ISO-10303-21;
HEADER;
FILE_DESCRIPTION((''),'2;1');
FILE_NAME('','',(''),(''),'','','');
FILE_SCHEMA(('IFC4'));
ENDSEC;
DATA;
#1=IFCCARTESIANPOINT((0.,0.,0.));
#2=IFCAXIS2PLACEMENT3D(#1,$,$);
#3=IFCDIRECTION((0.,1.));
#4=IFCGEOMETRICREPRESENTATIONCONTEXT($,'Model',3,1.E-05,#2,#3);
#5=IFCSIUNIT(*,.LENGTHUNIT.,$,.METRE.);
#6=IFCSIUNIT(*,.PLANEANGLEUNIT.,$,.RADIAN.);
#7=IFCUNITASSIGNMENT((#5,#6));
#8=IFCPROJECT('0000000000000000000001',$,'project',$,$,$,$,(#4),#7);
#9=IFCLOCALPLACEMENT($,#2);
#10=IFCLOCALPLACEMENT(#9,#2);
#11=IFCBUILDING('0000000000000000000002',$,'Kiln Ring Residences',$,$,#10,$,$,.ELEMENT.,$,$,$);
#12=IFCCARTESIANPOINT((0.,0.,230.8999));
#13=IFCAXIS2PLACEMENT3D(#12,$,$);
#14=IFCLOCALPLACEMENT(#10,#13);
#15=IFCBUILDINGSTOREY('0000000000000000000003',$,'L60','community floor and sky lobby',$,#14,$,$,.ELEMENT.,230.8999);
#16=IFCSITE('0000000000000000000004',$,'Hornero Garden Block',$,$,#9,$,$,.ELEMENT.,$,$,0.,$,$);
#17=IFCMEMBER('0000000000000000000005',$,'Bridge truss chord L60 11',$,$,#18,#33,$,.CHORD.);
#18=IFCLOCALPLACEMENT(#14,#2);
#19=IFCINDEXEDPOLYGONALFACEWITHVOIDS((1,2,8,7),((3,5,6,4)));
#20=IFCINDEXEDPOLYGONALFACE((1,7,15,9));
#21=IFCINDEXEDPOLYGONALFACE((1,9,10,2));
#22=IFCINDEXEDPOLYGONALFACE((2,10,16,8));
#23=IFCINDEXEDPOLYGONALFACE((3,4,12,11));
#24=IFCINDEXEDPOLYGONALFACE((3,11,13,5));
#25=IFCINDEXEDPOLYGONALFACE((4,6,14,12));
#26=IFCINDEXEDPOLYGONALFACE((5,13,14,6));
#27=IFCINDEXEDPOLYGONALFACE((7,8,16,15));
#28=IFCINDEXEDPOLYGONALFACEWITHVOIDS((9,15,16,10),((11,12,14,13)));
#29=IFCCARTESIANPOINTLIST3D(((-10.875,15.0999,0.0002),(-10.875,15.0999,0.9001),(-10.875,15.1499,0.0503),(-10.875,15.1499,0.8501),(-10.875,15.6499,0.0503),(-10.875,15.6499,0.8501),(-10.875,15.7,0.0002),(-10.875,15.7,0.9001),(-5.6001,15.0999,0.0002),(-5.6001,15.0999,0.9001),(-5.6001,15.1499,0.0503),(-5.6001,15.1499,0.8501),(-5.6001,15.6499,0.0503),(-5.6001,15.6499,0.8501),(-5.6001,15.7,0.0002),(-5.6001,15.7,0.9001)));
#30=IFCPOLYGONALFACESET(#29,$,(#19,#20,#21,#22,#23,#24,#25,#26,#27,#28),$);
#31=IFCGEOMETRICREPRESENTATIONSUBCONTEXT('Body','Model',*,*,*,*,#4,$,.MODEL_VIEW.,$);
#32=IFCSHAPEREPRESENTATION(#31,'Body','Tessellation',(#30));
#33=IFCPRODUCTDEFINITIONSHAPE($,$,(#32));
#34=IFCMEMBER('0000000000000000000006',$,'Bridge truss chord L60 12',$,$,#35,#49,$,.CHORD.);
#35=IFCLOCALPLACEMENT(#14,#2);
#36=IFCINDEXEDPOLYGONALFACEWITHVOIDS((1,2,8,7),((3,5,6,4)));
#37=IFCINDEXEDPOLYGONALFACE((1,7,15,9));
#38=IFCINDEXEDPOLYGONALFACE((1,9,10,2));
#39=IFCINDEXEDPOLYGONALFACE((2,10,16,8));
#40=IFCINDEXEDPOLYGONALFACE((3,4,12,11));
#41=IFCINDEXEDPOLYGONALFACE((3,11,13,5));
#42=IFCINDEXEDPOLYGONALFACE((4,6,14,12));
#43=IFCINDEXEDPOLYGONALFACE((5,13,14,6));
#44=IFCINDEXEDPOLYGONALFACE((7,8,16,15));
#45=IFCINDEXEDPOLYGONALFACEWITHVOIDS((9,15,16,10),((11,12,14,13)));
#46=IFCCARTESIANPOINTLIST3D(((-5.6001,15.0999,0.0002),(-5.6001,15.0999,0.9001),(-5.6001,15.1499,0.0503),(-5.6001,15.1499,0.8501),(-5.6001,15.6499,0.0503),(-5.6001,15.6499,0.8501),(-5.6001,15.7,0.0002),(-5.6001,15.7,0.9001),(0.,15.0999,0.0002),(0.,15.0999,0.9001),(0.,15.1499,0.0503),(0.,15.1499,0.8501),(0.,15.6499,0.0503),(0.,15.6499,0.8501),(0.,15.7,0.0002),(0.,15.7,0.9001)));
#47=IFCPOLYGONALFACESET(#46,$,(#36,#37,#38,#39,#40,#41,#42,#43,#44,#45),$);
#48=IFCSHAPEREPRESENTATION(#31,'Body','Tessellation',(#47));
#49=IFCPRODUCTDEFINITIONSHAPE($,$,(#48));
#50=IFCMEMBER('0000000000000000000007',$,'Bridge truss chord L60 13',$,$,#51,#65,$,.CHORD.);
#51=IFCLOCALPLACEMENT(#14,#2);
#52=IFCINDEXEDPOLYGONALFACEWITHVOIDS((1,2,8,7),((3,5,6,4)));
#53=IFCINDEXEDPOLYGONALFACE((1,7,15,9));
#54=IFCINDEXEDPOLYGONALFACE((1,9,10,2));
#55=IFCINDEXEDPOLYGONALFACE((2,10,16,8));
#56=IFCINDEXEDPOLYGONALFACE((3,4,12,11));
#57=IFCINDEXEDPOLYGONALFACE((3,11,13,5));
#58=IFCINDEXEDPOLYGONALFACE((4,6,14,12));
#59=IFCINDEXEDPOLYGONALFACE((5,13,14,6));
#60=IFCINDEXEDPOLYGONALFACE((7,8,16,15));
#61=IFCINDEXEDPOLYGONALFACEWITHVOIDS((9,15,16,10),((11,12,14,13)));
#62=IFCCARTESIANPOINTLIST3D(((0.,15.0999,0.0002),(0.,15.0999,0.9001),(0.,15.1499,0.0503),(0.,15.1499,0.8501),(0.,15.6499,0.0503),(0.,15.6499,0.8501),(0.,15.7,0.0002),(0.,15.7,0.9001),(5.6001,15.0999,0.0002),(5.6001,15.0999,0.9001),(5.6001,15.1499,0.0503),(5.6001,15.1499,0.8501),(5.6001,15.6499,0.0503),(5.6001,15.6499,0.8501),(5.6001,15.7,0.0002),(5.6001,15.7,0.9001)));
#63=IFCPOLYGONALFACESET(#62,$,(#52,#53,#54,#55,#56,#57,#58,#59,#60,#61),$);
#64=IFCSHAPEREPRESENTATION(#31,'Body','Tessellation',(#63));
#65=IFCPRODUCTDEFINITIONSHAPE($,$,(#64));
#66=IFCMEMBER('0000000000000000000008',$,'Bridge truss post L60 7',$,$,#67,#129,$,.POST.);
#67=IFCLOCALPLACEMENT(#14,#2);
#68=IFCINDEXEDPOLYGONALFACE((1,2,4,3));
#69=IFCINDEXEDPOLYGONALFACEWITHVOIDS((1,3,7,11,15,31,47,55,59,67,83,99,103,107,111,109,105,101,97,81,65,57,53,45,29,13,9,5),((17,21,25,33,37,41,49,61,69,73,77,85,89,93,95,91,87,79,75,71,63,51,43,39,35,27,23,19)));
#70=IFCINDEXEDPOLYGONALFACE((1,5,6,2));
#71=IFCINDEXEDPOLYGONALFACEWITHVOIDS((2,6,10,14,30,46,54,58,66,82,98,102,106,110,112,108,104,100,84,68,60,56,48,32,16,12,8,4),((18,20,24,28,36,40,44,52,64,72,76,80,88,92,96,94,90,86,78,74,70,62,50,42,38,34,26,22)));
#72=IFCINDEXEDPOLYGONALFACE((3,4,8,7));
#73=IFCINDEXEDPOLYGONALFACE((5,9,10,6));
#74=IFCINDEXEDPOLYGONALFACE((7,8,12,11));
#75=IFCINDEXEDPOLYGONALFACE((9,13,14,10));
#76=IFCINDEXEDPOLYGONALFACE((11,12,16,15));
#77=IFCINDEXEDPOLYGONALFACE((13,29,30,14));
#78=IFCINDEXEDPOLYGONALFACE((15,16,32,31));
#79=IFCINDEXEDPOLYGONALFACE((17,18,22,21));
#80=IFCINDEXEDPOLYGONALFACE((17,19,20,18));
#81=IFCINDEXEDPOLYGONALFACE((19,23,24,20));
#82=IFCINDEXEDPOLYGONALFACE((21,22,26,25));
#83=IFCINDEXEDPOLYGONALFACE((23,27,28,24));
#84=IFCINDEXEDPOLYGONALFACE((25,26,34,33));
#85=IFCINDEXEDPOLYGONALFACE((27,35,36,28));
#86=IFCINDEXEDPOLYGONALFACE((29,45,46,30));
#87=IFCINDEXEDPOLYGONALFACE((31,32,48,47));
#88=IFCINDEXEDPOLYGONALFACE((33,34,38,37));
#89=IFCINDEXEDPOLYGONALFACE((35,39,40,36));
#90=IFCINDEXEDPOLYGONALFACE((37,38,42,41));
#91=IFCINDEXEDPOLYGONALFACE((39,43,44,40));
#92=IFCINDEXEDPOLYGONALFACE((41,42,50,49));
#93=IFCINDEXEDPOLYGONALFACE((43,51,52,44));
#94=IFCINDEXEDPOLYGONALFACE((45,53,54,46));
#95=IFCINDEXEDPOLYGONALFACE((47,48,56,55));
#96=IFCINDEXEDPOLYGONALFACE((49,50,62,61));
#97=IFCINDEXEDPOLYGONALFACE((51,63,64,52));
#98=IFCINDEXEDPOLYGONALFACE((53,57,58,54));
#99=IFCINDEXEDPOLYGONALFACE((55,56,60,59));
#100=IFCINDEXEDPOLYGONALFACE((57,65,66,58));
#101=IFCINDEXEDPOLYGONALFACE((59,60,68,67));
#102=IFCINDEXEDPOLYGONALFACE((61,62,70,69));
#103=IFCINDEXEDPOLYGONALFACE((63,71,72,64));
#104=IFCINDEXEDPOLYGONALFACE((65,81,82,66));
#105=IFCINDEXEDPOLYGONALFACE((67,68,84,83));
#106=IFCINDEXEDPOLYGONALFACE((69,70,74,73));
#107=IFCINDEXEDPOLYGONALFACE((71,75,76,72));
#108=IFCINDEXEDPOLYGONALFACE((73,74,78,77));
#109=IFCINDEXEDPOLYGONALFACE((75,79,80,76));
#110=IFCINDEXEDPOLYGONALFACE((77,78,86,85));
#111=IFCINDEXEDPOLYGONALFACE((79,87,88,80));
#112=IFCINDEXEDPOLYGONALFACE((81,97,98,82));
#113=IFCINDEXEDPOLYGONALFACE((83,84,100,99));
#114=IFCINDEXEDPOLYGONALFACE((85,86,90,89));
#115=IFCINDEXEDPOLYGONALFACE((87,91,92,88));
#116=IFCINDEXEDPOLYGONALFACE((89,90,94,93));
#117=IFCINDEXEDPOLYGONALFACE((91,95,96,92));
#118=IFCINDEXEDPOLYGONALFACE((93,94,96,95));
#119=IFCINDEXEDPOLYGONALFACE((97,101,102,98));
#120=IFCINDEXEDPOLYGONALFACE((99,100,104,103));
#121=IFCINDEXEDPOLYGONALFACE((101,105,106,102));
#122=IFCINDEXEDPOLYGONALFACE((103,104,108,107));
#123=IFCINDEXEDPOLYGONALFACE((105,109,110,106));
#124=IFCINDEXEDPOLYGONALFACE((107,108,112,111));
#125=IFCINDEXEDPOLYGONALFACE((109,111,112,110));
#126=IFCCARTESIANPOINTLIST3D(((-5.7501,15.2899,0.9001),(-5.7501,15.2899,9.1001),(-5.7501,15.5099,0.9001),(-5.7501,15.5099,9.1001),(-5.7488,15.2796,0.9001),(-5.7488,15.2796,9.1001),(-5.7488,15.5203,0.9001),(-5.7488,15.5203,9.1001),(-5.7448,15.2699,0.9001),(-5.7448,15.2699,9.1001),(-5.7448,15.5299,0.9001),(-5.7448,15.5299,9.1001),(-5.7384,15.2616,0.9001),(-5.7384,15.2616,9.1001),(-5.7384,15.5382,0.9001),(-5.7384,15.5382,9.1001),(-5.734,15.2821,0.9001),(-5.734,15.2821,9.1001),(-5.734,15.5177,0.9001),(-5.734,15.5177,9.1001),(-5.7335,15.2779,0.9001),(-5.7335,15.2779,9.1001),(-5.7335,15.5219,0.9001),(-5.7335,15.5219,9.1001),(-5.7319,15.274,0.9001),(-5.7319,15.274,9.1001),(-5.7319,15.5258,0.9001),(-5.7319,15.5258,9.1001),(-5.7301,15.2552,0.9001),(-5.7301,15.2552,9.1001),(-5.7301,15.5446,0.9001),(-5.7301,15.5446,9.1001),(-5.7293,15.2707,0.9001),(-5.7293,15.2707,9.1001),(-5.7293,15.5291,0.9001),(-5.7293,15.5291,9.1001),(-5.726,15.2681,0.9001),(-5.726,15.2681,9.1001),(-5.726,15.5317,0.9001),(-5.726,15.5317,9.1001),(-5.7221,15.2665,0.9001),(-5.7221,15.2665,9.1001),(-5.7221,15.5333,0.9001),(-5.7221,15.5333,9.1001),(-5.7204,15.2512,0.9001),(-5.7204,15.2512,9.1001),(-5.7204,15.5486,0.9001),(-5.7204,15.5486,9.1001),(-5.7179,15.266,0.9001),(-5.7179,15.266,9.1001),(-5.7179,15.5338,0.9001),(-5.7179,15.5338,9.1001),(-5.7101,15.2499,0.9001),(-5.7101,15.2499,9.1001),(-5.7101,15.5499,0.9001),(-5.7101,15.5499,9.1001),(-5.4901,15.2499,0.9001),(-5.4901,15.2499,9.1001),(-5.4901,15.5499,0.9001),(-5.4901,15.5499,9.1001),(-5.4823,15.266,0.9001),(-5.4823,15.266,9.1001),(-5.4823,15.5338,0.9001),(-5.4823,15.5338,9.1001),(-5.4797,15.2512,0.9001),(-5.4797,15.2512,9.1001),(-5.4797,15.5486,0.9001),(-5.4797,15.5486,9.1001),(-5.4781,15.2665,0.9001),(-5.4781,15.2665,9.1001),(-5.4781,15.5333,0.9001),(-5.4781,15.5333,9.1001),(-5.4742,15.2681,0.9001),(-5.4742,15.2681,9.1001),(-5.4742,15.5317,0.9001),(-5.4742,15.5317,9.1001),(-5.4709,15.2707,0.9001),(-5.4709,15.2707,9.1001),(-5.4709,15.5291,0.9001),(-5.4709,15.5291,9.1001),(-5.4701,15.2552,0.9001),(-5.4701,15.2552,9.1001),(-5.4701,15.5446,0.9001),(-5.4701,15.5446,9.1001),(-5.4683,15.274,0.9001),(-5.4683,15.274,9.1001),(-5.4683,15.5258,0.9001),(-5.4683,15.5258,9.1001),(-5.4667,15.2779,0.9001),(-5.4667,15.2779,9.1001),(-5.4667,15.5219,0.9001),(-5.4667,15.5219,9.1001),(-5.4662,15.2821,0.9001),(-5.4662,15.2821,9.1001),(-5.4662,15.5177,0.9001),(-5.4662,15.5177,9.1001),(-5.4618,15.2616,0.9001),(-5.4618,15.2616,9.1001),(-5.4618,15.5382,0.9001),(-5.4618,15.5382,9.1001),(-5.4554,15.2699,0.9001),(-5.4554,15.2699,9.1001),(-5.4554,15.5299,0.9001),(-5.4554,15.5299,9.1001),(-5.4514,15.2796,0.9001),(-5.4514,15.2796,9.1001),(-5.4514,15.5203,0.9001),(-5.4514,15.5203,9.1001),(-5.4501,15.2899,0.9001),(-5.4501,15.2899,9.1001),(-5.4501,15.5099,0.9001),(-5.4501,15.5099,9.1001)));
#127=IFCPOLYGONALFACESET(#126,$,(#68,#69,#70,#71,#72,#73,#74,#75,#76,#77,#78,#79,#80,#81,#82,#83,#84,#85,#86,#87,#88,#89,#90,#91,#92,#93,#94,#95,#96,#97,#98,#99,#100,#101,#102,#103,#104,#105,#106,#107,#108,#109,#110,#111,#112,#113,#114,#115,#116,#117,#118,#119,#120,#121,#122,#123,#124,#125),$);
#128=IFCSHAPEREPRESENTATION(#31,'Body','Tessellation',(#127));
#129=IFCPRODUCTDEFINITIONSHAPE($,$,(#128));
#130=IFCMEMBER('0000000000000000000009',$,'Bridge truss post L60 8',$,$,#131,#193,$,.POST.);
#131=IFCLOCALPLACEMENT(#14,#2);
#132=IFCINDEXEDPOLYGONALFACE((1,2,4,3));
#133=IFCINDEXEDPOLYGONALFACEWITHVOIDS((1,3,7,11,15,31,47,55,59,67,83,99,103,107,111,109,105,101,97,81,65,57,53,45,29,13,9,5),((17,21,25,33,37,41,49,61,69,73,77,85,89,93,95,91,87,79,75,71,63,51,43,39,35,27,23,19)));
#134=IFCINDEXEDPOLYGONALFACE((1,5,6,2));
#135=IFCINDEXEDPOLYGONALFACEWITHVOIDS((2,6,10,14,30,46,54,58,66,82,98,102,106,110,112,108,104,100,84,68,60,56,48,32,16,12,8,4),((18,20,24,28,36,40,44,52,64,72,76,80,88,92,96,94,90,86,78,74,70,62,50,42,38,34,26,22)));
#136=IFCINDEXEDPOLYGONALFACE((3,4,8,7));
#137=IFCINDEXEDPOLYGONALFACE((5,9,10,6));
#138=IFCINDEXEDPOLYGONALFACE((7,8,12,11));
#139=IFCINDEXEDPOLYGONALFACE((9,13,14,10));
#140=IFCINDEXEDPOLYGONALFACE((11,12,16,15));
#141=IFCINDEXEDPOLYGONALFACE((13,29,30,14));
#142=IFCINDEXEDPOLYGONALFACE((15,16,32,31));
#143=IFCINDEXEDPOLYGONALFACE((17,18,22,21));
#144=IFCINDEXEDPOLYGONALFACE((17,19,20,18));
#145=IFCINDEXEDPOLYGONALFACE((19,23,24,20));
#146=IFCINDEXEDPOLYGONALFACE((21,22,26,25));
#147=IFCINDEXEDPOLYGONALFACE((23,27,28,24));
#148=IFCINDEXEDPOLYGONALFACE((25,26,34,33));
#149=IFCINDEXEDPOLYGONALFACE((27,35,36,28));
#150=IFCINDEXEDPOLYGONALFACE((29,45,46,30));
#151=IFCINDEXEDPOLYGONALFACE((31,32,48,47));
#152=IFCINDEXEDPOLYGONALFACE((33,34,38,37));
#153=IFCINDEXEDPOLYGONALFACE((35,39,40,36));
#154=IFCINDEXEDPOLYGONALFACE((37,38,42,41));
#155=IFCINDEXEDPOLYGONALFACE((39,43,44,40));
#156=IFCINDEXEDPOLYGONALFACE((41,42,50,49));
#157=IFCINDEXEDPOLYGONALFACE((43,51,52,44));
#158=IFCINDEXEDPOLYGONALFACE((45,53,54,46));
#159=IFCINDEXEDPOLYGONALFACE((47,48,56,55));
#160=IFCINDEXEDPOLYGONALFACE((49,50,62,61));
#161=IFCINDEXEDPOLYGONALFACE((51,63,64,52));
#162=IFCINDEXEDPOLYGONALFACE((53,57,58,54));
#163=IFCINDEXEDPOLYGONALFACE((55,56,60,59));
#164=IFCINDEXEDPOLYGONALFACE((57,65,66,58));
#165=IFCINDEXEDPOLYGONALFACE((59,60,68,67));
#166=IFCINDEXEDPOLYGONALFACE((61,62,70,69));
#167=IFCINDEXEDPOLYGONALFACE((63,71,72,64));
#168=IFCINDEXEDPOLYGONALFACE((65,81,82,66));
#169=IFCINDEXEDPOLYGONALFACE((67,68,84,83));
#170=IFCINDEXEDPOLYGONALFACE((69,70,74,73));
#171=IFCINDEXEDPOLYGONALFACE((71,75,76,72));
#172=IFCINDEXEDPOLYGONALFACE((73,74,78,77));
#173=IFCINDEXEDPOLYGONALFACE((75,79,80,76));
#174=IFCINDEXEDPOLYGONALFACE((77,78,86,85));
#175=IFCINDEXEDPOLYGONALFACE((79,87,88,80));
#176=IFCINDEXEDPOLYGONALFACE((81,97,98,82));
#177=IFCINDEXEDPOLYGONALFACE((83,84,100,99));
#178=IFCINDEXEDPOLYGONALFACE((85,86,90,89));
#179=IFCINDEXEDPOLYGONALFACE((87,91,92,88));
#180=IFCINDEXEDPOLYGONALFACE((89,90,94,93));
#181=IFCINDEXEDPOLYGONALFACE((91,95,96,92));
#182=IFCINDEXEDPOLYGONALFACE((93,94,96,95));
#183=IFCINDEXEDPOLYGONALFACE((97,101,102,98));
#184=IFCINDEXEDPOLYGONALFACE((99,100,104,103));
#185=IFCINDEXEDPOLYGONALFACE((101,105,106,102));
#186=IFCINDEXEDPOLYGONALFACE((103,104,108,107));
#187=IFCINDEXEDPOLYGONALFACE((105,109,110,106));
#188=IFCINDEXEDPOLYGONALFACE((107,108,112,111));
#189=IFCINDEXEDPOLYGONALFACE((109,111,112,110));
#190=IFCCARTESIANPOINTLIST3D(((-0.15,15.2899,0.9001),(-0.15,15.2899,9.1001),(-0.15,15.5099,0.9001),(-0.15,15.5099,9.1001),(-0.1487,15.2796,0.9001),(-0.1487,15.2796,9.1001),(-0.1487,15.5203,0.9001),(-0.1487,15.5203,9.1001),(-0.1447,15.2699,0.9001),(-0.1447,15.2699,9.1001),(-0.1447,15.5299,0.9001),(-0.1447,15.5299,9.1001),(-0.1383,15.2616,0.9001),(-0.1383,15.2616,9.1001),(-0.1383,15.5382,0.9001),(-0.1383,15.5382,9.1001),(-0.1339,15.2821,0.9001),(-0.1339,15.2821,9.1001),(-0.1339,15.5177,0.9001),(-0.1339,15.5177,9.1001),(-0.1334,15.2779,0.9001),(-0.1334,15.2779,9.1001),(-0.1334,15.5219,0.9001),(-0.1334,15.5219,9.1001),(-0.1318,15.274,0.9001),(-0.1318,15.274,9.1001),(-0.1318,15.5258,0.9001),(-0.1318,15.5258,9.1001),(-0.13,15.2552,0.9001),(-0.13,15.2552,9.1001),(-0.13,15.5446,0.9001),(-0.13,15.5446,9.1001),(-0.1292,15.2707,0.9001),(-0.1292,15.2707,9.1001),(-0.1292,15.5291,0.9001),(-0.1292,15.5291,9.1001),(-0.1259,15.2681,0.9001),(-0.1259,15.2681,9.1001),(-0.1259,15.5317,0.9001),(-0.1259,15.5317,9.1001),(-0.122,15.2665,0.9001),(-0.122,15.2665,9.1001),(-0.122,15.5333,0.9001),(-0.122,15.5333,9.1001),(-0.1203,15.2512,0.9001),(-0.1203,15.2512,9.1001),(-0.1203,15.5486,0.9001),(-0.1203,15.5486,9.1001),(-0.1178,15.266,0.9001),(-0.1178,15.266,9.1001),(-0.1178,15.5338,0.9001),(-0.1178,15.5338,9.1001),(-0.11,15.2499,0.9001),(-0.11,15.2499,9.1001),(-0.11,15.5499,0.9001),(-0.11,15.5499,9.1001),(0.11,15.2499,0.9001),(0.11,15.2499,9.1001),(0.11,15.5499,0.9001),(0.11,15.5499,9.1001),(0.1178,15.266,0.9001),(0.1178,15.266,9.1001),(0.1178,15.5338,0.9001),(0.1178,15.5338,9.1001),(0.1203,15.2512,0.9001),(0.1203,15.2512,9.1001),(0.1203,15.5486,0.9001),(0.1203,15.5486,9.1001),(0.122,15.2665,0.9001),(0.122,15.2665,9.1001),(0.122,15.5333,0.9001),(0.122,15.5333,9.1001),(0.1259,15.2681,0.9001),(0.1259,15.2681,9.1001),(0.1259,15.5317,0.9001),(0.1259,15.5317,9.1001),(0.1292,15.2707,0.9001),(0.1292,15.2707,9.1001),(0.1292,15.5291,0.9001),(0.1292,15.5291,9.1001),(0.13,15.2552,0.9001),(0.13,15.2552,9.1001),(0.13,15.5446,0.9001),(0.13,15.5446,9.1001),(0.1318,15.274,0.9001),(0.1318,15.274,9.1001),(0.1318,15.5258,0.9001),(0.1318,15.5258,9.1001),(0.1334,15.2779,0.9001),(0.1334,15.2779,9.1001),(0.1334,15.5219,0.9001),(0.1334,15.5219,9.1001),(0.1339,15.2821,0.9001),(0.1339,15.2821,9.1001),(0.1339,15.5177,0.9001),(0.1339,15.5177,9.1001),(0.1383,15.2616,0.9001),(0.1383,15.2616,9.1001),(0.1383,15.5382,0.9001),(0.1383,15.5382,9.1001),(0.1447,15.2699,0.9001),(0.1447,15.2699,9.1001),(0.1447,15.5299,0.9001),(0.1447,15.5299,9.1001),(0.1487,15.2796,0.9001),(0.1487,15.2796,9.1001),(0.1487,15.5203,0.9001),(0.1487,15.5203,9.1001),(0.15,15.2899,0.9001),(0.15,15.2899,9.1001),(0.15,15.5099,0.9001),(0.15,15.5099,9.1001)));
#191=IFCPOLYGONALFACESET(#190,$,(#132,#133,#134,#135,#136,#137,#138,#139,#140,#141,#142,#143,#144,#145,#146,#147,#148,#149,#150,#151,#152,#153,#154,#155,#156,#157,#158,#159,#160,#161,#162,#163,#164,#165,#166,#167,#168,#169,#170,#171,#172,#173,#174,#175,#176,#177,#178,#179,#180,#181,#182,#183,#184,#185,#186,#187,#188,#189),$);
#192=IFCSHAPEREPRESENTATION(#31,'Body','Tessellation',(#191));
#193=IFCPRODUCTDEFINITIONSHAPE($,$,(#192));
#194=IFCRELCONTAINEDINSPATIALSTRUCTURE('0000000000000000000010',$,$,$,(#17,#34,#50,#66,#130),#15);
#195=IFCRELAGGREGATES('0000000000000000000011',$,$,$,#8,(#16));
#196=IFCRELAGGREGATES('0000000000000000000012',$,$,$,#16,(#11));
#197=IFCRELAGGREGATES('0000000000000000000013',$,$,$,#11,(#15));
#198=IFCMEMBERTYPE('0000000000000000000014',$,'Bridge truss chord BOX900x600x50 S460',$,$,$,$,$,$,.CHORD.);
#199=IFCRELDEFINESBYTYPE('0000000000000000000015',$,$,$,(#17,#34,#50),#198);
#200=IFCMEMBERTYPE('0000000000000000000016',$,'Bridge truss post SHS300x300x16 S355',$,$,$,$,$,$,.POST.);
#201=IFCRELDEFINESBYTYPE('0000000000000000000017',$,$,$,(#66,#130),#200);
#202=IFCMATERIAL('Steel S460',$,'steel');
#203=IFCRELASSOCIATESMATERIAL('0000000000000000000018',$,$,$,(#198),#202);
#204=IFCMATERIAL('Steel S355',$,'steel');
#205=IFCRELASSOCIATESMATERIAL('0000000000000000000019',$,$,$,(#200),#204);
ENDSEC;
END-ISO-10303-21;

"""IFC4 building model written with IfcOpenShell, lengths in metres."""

from ifc_helpers import new_model, si_unit, direction, frame, origin, origin_2d, place, context, subcontext, project, spatial, hollow_rectangle, extrude, material, material_profile, profile_set, type_object, element, save


model = new_model("IFC4")

# Units and contexts
model_context = context("Model", 3, precision=1e-05, world=origin(), true_north=direction((0.0, 1.0)))
body_context = subcontext(model_context, "Body", "Model", "MODEL_VIEW")
ifc_project = project(units=[si_unit("LENGTHUNIT", "METRE"), si_unit("PLANEANGLEUNIT", "RADIAN")], contexts=[model_context])

# Site, building, storey
site_placement = place(None, origin())
site = spatial("IfcSite", under=ifc_project, at=site_placement, Name="Hornero Garden Block", CompositionType="ELEMENT", RefElevation=0.0)
building_placement = place(site_placement, origin())
building = spatial("IfcBuilding", under=site, at=building_placement, Name="Kiln Ring Residences", CompositionType="ELEMENT")
storey_placement = place(building_placement, frame((0.0, 0.0, 230.8999)))
storey = spatial("IfcBuildingStorey", under=building, at=storey_placement, Name="L60", Description="community floor and sky lobby", CompositionType="ELEMENT", Elevation=230.8999)

# Members
ifc_material_1 = material(Name="Steel S460", Category="steel")
ifc_material_profile_1 = material_profile(ifc_material_1, hollow_rectangle(XDim=0.6001, YDim=0.8999, WallThickness=0.05, at=origin_2d()), Name="BOX900x600x50")
ifc_profile_set_1 = profile_set([ifc_material_profile_1], Name="Steel S460")
member_type_1 = type_object("IfcMemberType", Name="Bridge truss chord BOX900x600x50 S460", PredefinedType="CHORD", material=ifc_profile_set_1)
member_1_placement = place(storey_placement, frame((-10.875, 15.3999, 0.4502), z_axis=(1.0, 0.0, 0.0), x_axis=(0.0, 1.0, 0.0)))
element("IfcMember", 1, at=member_1_placement, inside=storey, type_object=member_type_1, Name="Bridge truss chord L60 11", PredefinedType="CHORD", context=body_context, shape_type="SweptSolid", body=[
    extrude(hollow_rectangle(XDim=0.6001, YDim=0.8999, WallThickness=0.05, at=origin_2d()), origin(), (0.0, 0.0, 1.0), 5.2749),
])
for number, where, z_axis, x_axis, name in (
    (2, (-5.6001, 15.3999, 0.4502), (1.0, 0.0, 0.0), (0.0, 1.0, 0.0), "Bridge truss chord L60 12"),
    (3, (0.0, 15.3999, 0.4502), (1.0, 0.0, 0.0), (0.0, 1.0, 0.0), "Bridge truss chord L60 13"),
):
    element("IfcMember", number, at=place(storey_placement, frame(where, z_axis=z_axis, x_axis=x_axis)), inside=storey, type_object=member_type_1, Name=name, PredefinedType="CHORD", context=body_context, shape_type="SweptSolid", body=[
        extrude(hollow_rectangle(XDim=0.6001, YDim=0.8999, WallThickness=0.05, at=origin_2d()), origin(), (0.0, 0.0, 1.0), 5.6001),
    ])
ifc_material_2 = material(Name="Steel S355", Category="steel")
ifc_material_profile_2 = material_profile(ifc_material_2, hollow_rectangle(XDim=0.3, YDim=0.3, WallThickness=0.0161, InnerFilletRadius=0.0161, OuterFilletRadius=0.04, at=origin_2d()), Name="SHS300x300x16")
ifc_profile_set_2 = profile_set([ifc_material_profile_2], Name="Steel S355")
member_type_2 = type_object("IfcMemberType", Name="Bridge truss post SHS300x300x16 S355", PredefinedType="POST", material=ifc_profile_set_2)
for number, where, z_axis, x_axis, name in (
    (4, (-5.6001, 15.3999, 0.9001), (0.0, 0.0, 1.0), (1.0, 0.0, 0.0), "Bridge truss post L60 7"),
    (5, (0.0, 15.3999, 0.9001), (0.0, 0.0, 1.0), (1.0, 0.0, 0.0), "Bridge truss post L60 8"),
):
    element("IfcMember", number, at=place(storey_placement, frame(where, z_axis=z_axis, x_axis=x_axis)), inside=storey, type_object=member_type_2, Name=name, PredefinedType="POST", context=body_context, shape_type="SweptSolid", body=[
        extrude(hollow_rectangle(XDim=0.3, YDim=0.3, WallThickness=0.0161, InnerFilletRadius=0.0161, OuterFilletRadius=0.04, at=origin_2d()), origin(), (0.0, 0.0, 1.0), 8.2),
    ])

save(model, "model.ifc")
